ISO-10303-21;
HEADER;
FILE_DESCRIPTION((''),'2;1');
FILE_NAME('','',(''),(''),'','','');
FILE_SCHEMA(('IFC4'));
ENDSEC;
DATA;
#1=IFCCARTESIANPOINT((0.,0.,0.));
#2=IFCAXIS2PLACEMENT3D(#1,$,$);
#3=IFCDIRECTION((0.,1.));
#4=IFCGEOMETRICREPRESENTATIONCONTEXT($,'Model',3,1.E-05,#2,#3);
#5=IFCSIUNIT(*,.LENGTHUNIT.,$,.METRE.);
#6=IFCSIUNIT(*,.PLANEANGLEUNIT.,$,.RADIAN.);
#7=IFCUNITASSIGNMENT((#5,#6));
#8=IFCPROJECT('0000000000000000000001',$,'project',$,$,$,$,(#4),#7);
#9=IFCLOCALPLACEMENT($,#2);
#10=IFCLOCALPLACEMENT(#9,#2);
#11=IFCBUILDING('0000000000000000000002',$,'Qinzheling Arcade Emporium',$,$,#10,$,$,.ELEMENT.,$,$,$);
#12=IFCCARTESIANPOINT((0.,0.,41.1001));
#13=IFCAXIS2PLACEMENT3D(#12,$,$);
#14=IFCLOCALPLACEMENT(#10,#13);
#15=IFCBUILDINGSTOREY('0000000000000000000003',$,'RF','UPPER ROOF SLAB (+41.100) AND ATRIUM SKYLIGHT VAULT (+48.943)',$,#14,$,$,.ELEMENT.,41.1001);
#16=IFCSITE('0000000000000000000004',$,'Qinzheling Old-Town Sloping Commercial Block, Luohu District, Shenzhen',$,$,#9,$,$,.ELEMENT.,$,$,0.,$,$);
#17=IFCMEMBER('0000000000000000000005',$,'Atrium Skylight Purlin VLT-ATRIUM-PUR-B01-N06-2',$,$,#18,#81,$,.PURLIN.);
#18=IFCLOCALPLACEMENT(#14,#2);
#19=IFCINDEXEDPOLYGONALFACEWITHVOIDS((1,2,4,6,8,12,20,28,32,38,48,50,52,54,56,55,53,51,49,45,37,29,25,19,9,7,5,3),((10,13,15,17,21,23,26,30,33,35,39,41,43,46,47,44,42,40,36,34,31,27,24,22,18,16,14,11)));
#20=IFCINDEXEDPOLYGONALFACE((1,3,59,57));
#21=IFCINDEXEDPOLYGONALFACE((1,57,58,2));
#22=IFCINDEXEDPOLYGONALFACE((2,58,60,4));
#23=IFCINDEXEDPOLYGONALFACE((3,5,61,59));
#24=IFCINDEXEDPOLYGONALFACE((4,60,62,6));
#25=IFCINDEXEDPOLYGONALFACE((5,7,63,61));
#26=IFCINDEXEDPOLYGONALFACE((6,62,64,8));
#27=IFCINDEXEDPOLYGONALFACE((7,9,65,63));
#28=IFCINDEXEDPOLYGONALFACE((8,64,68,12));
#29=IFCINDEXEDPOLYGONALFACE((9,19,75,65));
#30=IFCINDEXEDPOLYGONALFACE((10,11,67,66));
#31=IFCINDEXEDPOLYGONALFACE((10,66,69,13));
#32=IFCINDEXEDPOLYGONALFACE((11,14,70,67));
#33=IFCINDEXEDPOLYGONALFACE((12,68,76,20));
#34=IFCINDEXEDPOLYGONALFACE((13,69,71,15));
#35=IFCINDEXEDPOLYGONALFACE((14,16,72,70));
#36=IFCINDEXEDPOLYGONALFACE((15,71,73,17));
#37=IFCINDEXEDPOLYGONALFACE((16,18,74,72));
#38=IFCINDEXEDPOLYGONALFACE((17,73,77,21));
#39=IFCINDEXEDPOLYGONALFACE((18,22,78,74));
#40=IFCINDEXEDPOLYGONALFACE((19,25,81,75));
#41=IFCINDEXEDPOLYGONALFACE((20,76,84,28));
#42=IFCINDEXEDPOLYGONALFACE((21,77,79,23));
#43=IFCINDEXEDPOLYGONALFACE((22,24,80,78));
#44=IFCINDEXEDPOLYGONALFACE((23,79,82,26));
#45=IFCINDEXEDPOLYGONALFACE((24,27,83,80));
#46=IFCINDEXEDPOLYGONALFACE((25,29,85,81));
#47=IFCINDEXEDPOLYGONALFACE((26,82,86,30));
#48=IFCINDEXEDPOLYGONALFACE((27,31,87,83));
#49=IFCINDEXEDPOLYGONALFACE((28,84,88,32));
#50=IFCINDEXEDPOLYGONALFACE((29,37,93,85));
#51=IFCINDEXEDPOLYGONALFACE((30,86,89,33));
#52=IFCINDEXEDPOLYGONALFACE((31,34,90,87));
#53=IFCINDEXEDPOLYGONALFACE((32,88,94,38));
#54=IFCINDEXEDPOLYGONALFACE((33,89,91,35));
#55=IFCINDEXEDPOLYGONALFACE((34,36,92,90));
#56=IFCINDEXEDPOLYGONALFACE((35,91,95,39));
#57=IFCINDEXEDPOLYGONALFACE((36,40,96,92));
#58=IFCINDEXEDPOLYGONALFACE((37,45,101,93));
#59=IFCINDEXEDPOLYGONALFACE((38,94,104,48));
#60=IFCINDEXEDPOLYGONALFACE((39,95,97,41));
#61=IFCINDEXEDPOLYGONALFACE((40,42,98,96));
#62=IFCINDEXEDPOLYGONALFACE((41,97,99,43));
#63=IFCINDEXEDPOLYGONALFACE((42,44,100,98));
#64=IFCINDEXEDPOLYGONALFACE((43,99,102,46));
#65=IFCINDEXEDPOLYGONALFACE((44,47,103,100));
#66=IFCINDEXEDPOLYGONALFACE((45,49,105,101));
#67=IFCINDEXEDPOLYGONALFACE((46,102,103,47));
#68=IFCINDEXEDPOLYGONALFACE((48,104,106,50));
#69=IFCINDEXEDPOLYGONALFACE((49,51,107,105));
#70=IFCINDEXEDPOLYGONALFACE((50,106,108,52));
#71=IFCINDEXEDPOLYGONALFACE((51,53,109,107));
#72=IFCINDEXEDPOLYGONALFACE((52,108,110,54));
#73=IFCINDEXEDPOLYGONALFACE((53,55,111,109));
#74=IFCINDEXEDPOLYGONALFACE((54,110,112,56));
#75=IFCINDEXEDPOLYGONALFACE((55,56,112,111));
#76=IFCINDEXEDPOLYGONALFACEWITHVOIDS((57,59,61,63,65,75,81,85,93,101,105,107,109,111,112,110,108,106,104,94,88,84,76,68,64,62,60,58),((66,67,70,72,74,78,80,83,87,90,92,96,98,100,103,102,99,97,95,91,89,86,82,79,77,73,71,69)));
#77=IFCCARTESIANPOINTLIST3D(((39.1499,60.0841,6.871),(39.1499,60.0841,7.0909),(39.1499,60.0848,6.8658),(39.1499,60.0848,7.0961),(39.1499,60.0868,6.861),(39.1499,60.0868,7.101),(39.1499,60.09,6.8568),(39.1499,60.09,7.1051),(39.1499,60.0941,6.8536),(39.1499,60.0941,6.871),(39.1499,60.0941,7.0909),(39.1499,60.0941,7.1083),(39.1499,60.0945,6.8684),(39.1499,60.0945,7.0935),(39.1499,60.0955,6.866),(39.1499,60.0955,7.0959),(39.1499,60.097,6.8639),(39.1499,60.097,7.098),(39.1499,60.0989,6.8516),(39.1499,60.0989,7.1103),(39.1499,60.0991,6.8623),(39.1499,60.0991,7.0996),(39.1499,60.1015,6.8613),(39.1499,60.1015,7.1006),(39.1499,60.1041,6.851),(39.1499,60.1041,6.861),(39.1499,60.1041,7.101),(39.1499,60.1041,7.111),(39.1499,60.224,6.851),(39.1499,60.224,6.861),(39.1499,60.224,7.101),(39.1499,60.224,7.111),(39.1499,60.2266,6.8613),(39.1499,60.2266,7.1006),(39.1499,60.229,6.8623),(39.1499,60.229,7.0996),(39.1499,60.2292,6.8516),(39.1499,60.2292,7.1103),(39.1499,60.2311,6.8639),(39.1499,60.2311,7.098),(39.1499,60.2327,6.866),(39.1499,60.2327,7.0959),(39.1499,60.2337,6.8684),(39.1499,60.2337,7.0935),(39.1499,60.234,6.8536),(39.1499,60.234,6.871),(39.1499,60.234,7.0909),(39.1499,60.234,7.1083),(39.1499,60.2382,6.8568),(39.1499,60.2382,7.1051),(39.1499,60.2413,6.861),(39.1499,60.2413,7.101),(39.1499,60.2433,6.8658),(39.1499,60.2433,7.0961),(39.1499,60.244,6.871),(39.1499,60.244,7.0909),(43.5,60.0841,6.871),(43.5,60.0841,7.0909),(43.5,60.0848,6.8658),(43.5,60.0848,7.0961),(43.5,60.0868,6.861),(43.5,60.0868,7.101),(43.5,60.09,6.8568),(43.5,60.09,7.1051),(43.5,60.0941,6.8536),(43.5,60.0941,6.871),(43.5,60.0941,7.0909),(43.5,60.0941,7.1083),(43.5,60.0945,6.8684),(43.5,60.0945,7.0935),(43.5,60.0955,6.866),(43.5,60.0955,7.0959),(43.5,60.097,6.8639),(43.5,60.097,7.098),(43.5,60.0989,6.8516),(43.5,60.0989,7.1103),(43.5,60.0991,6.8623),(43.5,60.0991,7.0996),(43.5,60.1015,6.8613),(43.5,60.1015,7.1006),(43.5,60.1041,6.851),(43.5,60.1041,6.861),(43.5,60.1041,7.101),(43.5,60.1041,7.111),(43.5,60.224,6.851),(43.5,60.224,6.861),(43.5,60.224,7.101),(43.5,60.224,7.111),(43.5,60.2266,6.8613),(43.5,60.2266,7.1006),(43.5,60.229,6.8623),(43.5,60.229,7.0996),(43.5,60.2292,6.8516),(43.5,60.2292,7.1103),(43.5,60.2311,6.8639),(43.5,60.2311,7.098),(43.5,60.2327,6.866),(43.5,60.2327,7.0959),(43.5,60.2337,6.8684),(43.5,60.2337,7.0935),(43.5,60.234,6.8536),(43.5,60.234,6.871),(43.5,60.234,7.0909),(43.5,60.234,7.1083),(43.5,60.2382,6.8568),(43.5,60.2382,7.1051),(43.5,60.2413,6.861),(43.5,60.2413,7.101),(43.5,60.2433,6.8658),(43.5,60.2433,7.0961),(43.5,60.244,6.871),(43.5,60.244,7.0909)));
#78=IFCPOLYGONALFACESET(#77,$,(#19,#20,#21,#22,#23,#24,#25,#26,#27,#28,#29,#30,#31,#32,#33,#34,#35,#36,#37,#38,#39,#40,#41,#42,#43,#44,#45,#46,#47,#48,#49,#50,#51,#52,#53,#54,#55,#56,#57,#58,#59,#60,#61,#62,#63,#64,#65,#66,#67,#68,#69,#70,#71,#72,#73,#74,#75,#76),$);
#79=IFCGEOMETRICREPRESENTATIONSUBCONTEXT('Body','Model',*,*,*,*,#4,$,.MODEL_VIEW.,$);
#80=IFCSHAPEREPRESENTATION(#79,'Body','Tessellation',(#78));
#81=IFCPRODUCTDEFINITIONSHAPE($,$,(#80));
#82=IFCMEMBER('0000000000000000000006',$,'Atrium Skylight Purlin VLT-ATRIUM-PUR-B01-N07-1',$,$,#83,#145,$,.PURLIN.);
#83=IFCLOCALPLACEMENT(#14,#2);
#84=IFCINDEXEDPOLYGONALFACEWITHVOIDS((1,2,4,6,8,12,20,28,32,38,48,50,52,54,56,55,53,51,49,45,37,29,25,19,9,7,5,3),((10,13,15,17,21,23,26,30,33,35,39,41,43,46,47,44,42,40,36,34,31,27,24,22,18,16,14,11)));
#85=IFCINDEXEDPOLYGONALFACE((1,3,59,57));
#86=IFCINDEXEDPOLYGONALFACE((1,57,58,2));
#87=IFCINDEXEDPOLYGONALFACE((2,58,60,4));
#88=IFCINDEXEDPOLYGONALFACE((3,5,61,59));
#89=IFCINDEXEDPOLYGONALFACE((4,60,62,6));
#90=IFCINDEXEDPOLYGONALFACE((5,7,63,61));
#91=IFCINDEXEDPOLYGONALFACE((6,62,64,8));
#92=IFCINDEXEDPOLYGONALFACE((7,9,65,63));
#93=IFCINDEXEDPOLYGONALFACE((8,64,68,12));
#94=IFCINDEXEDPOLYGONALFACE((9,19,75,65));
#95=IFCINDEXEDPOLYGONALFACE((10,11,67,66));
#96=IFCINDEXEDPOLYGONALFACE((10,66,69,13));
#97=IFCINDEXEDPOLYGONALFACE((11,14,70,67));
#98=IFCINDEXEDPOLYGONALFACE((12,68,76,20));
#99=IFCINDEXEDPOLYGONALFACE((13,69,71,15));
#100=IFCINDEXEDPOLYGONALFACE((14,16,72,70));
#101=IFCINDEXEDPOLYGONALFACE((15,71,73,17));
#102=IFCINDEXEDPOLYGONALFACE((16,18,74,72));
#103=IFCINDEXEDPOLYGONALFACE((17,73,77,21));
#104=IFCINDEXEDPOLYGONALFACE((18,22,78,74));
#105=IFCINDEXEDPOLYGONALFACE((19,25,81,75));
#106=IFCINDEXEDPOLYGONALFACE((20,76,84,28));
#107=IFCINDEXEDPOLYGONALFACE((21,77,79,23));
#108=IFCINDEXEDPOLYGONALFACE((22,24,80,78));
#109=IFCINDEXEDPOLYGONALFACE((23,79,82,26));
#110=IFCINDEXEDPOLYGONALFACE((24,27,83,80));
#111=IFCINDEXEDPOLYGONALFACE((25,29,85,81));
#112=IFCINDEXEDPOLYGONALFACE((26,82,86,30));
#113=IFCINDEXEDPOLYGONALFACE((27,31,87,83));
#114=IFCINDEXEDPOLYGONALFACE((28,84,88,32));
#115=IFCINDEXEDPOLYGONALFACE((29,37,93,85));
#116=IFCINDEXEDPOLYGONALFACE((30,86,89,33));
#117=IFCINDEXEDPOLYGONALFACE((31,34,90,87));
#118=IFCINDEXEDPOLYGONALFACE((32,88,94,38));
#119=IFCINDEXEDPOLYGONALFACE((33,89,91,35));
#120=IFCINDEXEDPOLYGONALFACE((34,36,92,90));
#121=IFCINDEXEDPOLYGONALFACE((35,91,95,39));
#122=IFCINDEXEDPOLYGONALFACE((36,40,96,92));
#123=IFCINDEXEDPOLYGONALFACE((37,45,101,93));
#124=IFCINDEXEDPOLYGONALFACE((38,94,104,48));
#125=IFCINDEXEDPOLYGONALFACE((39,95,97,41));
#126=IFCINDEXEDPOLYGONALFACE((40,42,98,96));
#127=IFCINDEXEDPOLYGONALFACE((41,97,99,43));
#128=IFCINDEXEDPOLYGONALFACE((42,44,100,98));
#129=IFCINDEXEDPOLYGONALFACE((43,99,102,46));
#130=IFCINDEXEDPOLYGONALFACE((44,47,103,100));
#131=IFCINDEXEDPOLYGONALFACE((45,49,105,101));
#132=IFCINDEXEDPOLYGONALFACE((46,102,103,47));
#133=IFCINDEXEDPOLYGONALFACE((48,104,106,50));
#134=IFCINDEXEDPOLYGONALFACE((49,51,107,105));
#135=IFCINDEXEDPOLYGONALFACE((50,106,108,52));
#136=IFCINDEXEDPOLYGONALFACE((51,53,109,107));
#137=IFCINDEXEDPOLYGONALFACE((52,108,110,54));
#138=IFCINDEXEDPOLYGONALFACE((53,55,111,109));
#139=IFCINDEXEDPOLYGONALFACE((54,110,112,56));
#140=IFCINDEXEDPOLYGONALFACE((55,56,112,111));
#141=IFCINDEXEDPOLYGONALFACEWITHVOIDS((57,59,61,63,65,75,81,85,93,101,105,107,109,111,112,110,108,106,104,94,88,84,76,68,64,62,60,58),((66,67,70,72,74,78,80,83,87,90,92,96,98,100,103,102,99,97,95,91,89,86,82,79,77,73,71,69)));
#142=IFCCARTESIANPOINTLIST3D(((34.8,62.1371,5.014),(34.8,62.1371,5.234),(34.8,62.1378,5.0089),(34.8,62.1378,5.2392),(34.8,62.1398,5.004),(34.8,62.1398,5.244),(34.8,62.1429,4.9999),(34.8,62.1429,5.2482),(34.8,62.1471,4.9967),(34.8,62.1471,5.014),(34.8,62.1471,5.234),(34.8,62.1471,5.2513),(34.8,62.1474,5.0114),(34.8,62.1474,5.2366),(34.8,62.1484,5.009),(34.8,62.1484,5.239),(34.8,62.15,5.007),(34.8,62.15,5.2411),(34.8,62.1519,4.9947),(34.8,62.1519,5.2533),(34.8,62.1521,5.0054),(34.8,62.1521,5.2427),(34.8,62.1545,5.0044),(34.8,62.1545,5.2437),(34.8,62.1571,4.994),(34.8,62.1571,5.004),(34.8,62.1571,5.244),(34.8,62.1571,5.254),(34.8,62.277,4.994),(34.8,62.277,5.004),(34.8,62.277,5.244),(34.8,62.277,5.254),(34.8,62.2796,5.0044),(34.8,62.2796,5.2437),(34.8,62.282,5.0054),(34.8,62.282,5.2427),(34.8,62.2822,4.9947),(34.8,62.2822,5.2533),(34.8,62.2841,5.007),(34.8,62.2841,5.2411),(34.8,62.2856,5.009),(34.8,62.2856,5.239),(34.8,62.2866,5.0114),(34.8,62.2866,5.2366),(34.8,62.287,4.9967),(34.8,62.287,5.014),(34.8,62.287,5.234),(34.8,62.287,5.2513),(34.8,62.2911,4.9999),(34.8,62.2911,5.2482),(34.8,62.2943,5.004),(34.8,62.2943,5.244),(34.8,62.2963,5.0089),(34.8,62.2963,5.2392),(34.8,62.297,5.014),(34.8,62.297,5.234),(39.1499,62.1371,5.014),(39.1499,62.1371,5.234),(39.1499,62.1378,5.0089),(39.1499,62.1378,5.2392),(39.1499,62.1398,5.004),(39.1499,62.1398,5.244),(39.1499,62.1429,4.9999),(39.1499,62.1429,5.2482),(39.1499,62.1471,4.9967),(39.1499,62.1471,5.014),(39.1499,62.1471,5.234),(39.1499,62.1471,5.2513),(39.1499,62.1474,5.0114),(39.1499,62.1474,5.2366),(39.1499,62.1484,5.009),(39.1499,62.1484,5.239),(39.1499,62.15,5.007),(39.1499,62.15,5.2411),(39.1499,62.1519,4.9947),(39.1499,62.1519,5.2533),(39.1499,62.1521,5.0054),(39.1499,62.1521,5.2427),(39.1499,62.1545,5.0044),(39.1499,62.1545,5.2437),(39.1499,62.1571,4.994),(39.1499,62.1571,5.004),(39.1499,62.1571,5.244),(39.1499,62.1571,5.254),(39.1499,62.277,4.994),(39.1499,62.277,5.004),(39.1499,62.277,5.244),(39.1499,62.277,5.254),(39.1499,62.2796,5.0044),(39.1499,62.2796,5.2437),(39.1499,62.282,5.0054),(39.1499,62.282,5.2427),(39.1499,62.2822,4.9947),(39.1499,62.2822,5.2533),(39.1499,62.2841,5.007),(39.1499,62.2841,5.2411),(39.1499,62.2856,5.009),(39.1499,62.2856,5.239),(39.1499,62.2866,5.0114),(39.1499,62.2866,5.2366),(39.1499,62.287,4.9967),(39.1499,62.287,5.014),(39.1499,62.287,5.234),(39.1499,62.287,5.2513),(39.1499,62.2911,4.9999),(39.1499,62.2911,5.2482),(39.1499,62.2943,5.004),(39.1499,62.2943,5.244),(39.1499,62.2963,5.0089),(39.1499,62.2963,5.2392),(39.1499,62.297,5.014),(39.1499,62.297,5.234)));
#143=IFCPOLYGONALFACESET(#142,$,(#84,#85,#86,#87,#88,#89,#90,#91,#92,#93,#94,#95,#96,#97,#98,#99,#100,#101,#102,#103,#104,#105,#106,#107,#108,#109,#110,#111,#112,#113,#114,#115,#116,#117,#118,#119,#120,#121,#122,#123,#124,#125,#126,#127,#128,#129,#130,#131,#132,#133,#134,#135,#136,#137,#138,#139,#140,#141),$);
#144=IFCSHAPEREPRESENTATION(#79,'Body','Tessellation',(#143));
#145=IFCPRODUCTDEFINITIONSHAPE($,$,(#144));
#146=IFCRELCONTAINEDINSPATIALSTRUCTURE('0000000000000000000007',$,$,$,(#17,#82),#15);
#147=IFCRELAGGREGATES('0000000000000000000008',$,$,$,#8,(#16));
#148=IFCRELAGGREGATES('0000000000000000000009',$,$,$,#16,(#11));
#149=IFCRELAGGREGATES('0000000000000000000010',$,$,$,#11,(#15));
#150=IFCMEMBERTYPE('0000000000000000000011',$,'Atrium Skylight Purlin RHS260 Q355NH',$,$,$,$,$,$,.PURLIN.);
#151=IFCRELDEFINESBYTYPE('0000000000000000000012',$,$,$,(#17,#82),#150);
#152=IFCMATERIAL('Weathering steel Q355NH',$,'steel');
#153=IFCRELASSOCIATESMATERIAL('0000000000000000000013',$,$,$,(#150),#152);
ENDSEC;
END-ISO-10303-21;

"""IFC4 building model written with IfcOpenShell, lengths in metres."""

from ifc_helpers import new_model, si_unit, direction, frame, origin, origin_2d, place, context, subcontext, project, spatial, hollow_rectangle, extrude, material, material_profile, profile_set, type_object, element, save


model = new_model("IFC4")

# Units and contexts
model_context = context("Model", 3, precision=1e-05, world=origin(), true_north=direction((0.0, 1.0)))
body_context = subcontext(model_context, "Body", "Model", "MODEL_VIEW")
ifc_project = project(units=[si_unit("LENGTHUNIT", "METRE"), si_unit("PLANEANGLEUNIT", "RADIAN")], contexts=[model_context])

# Site, building, storey
site_placement = place(None, origin())
site = spatial("IfcSite", under=ifc_project, at=site_placement, Name="Qinzheling Old-Town Sloping Commercial Block, Luohu District, Shenzhen", CompositionType="ELEMENT", RefElevation=0.0)
building_placement = place(site_placement, origin())
building = spatial("IfcBuilding", under=site, at=building_placement, Name="Qinzheling Arcade Emporium", CompositionType="ELEMENT")
storey_placement = place(building_placement, frame((0.0, 0.0, 41.1001)))
storey = spatial("IfcBuildingStorey", under=building, at=storey_placement, Name="RF", Description="UPPER ROOF SLAB (+41.100) AND ATRIUM SKYLIGHT VAULT (+48.943)", CompositionType="ELEMENT", Elevation=41.1001)

# Shared definitions
ifc_material_1 = material(Name="Weathering steel Q355NH", Category="steel")

# Members
ifc_material_profile_1 = material_profile(ifc_material_1, hollow_rectangle(XDim=0.1599, YDim=0.26, WallThickness=0.01, InnerFilletRadius=0.01, OuterFilletRadius=0.02, at=origin_2d()), Name="RHS 260x160x10", Category="steel")
ifc_profile_set_1 = profile_set([ifc_material_profile_1], Name="Weathering steel Q355NH")
member_type = type_object("IfcMemberType", Name="Atrium Skylight Purlin RHS260 Q355NH", PredefinedType="PURLIN", material=ifc_profile_set_1)
member_1_placement = place(storey_placement, frame((39.1499, 60.1641, 6.981), z_axis=(1.0, 0.0, 0.0), x_axis=(0.0, 1.0, 0.0)))
element("IfcMember", 1, at=member_1_placement, inside=storey, type_object=member_type, Name="Atrium Skylight Purlin VLT-ATRIUM-PUR-B01-N06-2", PredefinedType="PURLIN", context=body_context, shape_type="SweptSolid", body=[
    extrude(hollow_rectangle(XDim=0.1599, YDim=0.26, WallThickness=0.01, InnerFilletRadius=0.01, OuterFilletRadius=0.02, at=origin_2d()), origin(), (0.0, 0.0, 1.0), 4.3501),
])
member_2_placement = place(storey_placement, frame((34.8, 62.217, 5.124), z_axis=(1.0, 0.0, 0.0), x_axis=(0.0, 1.0, 0.0)))
element("IfcMember", 2, at=member_2_placement, inside=storey, type_object=member_type, Name="Atrium Skylight Purlin VLT-ATRIUM-PUR-B01-N07-1", PredefinedType="PURLIN", context=body_context, shape_type="SweptSolid", body=[
    extrude(hollow_rectangle(XDim=0.1599, YDim=0.26, WallThickness=0.01, InnerFilletRadius=0.01, OuterFilletRadius=0.02, at=origin_2d()), origin(), (0.0, 0.0, 1.0), 4.3499),
])

save(model, "model.ifc")
